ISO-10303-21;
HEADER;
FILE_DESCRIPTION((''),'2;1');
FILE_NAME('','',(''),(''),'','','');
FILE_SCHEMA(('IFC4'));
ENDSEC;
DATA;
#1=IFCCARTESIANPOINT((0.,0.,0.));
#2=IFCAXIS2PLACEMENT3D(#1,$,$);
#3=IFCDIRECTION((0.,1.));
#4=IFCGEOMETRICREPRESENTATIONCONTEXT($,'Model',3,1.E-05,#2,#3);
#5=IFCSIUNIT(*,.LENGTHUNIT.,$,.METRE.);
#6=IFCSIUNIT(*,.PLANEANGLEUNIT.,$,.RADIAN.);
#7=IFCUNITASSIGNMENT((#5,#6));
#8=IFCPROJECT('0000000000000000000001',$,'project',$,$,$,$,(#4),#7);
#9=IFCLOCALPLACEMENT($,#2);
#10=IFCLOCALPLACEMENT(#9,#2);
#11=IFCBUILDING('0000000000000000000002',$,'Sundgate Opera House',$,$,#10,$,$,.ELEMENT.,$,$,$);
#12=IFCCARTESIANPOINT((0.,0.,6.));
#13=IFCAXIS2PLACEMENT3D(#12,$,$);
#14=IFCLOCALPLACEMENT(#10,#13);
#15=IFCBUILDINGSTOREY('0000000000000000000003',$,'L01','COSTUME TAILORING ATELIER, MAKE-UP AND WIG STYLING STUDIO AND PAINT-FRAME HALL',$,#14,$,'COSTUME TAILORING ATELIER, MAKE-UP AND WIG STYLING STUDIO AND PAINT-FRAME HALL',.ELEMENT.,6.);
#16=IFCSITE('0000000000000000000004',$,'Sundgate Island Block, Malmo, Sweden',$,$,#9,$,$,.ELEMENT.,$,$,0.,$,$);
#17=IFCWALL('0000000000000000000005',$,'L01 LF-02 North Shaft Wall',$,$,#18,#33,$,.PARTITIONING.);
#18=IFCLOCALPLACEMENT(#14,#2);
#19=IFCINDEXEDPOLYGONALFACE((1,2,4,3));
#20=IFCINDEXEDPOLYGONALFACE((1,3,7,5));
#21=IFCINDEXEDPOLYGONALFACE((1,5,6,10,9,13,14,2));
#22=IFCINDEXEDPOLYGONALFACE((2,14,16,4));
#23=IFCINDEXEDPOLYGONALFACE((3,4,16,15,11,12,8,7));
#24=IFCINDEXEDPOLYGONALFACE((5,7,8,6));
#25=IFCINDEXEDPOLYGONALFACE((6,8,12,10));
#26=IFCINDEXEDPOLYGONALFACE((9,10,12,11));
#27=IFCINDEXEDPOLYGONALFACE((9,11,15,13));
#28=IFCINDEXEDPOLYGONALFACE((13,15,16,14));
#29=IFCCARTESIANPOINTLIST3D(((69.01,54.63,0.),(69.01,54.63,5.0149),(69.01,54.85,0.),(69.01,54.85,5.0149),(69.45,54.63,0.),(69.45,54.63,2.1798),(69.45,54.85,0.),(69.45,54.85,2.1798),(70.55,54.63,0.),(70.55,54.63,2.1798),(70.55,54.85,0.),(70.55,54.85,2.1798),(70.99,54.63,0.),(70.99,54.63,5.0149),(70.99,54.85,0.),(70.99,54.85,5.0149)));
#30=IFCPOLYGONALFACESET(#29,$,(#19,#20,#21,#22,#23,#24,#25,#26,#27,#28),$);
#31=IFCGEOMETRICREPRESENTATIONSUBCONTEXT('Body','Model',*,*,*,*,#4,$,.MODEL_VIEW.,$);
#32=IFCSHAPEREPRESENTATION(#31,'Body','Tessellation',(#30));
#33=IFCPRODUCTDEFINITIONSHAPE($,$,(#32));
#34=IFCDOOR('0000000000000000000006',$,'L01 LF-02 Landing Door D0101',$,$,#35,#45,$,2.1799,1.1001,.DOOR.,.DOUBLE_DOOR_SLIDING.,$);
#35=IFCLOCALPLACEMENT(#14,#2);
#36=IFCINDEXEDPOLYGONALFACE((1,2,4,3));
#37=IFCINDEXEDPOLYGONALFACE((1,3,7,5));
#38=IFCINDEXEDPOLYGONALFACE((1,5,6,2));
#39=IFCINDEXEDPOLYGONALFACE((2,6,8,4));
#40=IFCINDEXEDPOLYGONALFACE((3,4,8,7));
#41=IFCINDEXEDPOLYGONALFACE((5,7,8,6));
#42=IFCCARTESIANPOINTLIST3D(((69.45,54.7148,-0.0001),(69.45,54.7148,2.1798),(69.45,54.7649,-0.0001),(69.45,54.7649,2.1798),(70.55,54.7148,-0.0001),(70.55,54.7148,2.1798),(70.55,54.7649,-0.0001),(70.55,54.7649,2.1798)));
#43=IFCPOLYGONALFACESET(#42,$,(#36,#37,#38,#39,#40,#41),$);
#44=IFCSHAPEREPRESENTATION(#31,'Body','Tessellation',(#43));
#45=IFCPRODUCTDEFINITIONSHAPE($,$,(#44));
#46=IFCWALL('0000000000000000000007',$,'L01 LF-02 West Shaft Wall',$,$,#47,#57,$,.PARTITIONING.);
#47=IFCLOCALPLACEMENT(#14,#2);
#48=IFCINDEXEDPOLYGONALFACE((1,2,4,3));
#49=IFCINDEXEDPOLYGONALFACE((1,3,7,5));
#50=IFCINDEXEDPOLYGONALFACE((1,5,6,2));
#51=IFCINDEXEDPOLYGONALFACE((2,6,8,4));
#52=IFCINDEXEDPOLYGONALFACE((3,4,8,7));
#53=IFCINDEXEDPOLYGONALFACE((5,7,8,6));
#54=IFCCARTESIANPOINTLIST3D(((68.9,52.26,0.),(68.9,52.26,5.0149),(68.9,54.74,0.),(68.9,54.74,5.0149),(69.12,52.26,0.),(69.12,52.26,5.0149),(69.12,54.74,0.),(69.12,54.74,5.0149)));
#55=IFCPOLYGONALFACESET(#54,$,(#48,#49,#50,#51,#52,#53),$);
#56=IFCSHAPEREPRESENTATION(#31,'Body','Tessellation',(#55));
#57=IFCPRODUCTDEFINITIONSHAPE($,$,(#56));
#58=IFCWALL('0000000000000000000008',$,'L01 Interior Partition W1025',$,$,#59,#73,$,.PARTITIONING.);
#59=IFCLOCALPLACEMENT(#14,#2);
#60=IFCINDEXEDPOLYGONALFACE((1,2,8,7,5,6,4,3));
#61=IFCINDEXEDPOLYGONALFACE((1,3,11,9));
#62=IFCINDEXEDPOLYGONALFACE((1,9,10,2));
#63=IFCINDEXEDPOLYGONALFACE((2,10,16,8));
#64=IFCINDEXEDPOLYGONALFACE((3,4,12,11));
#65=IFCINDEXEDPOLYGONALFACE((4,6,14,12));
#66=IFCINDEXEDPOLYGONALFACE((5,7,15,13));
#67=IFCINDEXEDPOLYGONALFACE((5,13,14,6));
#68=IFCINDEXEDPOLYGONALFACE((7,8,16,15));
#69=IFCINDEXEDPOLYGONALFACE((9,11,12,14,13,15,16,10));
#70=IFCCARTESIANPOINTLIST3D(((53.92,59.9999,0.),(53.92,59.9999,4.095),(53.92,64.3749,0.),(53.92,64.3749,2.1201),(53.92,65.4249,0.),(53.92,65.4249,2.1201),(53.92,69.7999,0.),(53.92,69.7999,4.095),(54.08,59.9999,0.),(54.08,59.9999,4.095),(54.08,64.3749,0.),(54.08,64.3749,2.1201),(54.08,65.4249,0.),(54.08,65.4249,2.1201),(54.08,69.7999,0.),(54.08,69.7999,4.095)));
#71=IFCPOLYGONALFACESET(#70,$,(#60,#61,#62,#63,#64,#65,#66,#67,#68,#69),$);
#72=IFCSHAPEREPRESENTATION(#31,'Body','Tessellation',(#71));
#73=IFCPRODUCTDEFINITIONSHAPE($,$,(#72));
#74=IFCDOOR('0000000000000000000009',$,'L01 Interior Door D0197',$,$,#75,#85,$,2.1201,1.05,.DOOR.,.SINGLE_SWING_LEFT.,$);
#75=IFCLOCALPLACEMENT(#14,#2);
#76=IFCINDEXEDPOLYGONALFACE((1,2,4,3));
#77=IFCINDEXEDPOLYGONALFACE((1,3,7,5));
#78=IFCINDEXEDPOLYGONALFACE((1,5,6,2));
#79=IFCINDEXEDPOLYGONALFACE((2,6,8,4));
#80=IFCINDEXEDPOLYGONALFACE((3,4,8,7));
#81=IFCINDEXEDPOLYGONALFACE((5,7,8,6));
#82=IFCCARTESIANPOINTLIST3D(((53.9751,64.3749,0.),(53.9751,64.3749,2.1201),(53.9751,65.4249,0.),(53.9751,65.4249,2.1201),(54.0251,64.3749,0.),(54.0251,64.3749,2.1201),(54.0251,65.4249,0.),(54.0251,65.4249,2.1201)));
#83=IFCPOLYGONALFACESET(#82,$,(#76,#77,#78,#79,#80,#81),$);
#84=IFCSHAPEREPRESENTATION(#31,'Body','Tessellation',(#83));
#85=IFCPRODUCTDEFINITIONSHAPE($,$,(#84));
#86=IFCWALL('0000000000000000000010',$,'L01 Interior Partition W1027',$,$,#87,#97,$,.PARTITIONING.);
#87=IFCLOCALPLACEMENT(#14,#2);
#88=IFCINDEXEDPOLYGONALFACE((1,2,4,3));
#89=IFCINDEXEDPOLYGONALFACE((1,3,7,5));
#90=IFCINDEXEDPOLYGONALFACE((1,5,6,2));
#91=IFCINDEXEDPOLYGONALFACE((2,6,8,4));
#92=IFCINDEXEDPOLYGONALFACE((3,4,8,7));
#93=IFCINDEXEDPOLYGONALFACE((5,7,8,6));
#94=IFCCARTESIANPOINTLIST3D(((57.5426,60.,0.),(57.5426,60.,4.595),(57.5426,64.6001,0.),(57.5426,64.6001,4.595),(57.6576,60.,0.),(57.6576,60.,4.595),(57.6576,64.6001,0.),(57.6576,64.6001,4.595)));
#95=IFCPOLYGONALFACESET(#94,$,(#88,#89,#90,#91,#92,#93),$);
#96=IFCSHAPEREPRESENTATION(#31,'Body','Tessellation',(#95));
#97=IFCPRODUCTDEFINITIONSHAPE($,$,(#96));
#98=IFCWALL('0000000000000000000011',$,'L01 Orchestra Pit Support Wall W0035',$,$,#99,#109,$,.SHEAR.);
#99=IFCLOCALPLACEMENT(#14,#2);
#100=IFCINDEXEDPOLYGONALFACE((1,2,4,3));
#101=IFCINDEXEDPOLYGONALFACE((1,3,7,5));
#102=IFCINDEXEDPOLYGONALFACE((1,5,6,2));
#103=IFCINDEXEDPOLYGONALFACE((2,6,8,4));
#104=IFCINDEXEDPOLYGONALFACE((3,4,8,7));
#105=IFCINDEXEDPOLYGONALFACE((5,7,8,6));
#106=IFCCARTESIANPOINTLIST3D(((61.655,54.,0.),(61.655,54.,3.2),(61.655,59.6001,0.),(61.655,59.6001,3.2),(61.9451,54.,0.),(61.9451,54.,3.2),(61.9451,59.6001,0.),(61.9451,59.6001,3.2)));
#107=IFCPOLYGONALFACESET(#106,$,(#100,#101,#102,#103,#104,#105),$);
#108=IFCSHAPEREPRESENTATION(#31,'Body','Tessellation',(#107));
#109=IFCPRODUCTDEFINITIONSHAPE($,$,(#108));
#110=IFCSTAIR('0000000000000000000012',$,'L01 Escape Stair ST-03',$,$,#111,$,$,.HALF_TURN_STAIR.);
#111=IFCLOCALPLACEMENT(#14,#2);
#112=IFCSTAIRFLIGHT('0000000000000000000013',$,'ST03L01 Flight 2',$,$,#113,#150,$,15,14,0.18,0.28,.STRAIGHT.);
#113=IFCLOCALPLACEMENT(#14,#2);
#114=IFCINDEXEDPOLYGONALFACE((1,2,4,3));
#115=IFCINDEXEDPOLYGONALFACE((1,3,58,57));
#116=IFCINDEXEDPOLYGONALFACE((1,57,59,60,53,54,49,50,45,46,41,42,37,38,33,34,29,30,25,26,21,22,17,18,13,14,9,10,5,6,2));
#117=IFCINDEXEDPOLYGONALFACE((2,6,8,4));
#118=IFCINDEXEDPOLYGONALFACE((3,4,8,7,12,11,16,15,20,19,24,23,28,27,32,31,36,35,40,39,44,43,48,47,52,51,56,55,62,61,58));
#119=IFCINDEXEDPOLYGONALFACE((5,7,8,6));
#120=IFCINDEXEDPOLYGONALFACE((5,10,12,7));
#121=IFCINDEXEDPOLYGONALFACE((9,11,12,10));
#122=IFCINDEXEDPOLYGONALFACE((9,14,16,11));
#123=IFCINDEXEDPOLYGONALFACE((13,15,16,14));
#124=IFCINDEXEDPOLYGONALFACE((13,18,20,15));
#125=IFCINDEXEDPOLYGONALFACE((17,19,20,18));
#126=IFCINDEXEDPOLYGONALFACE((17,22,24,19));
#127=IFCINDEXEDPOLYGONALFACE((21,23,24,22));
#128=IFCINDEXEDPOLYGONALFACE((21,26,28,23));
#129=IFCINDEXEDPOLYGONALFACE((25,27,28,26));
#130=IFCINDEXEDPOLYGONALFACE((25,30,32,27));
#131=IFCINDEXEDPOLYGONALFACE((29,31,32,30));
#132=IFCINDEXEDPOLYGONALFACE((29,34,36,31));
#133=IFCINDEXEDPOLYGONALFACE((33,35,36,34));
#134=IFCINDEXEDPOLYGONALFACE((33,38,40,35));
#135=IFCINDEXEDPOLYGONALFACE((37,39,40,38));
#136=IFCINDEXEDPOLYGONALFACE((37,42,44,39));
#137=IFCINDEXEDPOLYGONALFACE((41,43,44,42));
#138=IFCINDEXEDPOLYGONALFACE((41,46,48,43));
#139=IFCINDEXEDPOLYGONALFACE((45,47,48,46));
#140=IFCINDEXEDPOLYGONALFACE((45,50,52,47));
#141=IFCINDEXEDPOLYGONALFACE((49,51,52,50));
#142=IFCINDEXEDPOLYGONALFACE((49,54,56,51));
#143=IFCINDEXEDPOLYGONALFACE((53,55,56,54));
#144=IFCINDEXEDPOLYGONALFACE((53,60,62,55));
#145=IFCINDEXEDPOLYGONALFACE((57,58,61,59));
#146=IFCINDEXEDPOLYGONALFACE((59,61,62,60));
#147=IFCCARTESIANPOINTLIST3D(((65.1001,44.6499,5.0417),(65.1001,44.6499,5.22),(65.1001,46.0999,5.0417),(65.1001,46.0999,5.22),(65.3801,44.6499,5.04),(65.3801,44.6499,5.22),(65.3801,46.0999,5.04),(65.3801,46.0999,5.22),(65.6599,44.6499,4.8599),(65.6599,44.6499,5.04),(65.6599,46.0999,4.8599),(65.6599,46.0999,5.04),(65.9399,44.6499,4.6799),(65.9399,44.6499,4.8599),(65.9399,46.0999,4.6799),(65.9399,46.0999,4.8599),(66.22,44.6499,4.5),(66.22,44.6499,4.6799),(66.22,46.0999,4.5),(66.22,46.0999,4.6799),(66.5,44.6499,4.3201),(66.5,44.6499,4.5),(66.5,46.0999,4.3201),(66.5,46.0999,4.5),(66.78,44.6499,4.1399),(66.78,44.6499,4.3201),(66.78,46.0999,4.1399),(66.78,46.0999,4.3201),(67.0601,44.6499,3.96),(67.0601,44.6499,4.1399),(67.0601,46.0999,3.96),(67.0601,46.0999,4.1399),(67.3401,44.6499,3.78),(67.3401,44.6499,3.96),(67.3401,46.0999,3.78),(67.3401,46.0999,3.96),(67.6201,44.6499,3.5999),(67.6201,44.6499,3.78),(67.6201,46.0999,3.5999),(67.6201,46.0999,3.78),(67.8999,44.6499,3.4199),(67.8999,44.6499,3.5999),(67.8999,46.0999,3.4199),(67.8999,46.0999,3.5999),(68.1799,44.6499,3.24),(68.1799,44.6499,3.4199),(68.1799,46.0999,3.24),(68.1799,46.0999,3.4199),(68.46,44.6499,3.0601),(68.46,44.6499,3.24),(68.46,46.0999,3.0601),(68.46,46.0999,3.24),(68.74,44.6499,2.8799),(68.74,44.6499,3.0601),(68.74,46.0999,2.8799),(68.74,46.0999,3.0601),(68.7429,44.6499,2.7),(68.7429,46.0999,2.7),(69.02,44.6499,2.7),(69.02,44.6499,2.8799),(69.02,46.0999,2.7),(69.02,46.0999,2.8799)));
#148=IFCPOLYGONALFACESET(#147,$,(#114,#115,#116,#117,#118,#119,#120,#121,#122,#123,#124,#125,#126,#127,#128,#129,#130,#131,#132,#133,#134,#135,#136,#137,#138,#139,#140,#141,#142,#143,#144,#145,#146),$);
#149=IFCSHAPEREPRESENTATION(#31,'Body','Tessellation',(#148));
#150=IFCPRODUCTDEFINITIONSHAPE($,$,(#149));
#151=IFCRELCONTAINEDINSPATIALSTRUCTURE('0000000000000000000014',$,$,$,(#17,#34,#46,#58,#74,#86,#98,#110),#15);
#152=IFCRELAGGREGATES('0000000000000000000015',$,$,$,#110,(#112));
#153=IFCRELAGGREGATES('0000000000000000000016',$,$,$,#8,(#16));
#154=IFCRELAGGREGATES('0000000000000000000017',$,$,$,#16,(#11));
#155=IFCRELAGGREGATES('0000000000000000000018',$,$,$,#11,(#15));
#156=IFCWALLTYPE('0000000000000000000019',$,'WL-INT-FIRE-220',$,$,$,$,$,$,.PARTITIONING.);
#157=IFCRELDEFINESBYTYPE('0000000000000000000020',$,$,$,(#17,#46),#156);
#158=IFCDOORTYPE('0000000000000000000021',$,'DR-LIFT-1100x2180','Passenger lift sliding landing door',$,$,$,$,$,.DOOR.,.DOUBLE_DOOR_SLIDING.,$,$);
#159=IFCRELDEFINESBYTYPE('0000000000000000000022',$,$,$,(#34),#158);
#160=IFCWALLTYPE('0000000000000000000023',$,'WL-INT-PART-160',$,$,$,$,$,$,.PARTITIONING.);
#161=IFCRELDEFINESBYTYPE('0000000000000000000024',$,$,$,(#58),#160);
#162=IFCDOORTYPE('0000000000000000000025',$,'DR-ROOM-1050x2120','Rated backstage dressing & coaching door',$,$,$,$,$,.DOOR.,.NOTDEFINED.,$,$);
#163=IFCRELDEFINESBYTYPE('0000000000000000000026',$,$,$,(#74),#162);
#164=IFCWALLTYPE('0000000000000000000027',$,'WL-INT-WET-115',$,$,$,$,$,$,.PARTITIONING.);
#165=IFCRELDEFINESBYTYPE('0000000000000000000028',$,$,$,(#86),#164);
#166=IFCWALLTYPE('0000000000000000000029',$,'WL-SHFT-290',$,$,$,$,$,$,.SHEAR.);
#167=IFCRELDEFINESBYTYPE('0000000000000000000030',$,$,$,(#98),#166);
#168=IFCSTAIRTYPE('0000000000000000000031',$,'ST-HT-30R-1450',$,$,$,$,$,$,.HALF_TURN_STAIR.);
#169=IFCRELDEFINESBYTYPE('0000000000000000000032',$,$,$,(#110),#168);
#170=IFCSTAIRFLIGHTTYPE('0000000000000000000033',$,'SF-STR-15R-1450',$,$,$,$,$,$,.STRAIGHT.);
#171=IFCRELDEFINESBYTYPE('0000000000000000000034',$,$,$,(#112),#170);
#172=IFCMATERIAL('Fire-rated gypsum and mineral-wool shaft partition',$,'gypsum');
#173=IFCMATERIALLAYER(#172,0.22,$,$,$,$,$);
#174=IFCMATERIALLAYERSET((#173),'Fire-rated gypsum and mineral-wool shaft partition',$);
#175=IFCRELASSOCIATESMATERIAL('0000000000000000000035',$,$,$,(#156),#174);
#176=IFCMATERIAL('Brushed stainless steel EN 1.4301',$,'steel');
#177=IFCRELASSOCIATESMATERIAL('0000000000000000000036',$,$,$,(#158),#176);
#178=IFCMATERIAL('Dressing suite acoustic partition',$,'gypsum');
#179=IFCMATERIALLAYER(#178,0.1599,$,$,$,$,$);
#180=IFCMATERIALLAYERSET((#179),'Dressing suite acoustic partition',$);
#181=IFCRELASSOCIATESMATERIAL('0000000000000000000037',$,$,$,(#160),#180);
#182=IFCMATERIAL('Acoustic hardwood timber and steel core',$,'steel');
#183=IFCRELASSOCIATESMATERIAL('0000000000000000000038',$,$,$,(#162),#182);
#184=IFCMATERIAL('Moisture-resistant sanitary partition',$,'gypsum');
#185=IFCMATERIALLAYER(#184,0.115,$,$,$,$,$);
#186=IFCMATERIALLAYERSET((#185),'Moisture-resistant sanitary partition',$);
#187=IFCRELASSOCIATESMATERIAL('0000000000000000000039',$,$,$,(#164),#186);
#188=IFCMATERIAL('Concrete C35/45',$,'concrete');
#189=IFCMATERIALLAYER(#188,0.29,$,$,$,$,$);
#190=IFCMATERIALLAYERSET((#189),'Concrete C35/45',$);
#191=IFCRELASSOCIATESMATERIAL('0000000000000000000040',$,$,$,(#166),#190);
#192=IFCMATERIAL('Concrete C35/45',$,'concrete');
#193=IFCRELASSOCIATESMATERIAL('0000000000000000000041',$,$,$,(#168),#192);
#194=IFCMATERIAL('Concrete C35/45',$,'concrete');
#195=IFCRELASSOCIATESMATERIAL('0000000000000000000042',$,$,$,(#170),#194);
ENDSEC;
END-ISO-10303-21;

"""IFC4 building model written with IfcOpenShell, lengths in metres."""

from ifc_helpers import new_model, si_unit, direction, frame, frame_2d, origin, place, context, subcontext, project, spatial, polyline, rectangle, outline, extrude, material, layer, layer_set, type_object, element, fill, aggregate, save


model = new_model("IFC4")

# Units and contexts
model_context = context("Model", 3, precision=1e-05, world=origin(), true_north=direction((0.0, 1.0)))
body_context = subcontext(model_context, "Body", "Model", "MODEL_VIEW")
ifc_project = project(units=[si_unit("LENGTHUNIT", "METRE"), si_unit("PLANEANGLEUNIT", "RADIAN")], contexts=[model_context])

# Site, building, storey
site_placement = place(None, origin())
site = spatial("IfcSite", under=ifc_project, at=site_placement, Name="Sundgate Island Block, Malmo, Sweden", CompositionType="ELEMENT", RefElevation=0.0)
building_placement = place(site_placement, origin())
building = spatial("IfcBuilding", under=site, at=building_placement, Name="Sundgate Opera House", CompositionType="ELEMENT")
storey_placement = place(building_placement, frame((0.0, 0.0, 6.0)))
storey = spatial("IfcBuildingStorey", under=building, at=storey_placement, Name="L01", Description="COSTUME TAILORING ATELIER, MAKE-UP AND WIG STYLING STUDIO AND PAINT-FRAME HALL", LongName="COSTUME TAILORING ATELIER, MAKE-UP AND WIG STYLING STUDIO AND PAINT-FRAME HALL", CompositionType="ELEMENT", Elevation=6.0)

# Shared definitions
ifc_material_1 = material(Name="Fire-rated gypsum and mineral-wool shaft partition", Category="gypsum")
ifc_layer_1 = layer(ifc_material_1, 0.22)
ifc_layer_set_1 = layer_set([ifc_layer_1], Name="Fire-rated gypsum and mineral-wool shaft partition")
wall_type_1 = type_object("IfcWallType", Name="WL-INT-FIRE-220", PredefinedType="PARTITIONING", material=ifc_layer_set_1)

# Shared definitions
ifc_material_2 = material(Name="Brushed stainless steel EN 1.4301", Category="steel")
door_type_1 = type_object("IfcDoorType", Name="DR-LIFT-1100x2180", Description="Passenger lift sliding landing door", OperationType="DOUBLE_DOOR_SLIDING", PredefinedType="DOOR", material=ifc_material_2)

# Wall, opening, door
wall_1_placement = place(storey_placement, frame((69.01, 54.74, 0.0), z_axis=(0.0, 0.0, 1.0), x_axis=(1.0, 0.0, 0.0)))
wall_1 = element("IfcWall", 1, at=wall_1_placement, inside=storey, type_object=wall_type_1, Name="L01 LF-02 North Shaft Wall", PredefinedType="PARTITIONING", context=body_context, shape_type="SweptSolid", body=[
    extrude(rectangle(XDim=1.98, YDim=0.22, at=frame_2d((0.99, 0.0))), origin(), (0.0, 0.0, 1.0), 5.0149),
])
opening_1_placement = place(wall_1_placement, frame((0.4399, 0.0, 0.0)))
opening_1 = element("IfcOpeningElement", 2, at=opening_1_placement, cuts=wall_1, PredefinedType="OPENING", context=body_context, shape_type="SweptSolid", body=[
    extrude(rectangle(XDim=1.1001, YDim=2.1799, at=frame_2d((0.55, 1.0898))), frame((0.0, 0.1199, 0.0), z_axis=(0.0, -1.0, 0.0), x_axis=(1.0, 0.0, 0.0)), (0.0, 0.0, 1.0), 0.24),
])
door_1_placement = place(opening_1_placement, origin())
door_1 = element("IfcDoor", 3, at=door_1_placement, inside=storey, type_object=door_type_1, Name="L01 LF-02 Landing Door D0101", OperationType="DOUBLE_DOOR_SLIDING", OverallHeight=2.1799, OverallWidth=1.1001, PredefinedType="DOOR", context=body_context, shape_type="SweptSolid", body=[
    extrude(rectangle(XDim=1.1001, YDim=2.1799, at=frame_2d((0.55, 1.0898))), frame((0.0, 0.0249, 0.0), z_axis=(0.0, -1.0, 0.0), x_axis=(1.0, 0.0, 0.0)), (0.0, 0.0, 1.0), 0.05),
])
fill(opening_1, door_1)

# Wall
wall_2_placement = place(storey_placement, frame((69.01, 52.26, 0.0), z_axis=(0.0, 0.0, 1.0), x_axis=(0.0, 1.0, 0.0)))
element("IfcWall", 4, at=wall_2_placement, inside=storey, type_object=wall_type_1, Name="L01 LF-02 West Shaft Wall", PredefinedType="PARTITIONING", context=body_context, shape_type="SweptSolid", body=[
    extrude(rectangle(XDim=2.48, YDim=0.22, at=frame_2d((1.24, 0.0))), origin(), (0.0, 0.0, 1.0), 5.0149),
])

# Wall, opening, door
ifc_material_3 = material(Name="Dressing suite acoustic partition", Category="gypsum")
ifc_layer_2 = layer(ifc_material_3, 0.1599)
ifc_layer_set_2 = layer_set([ifc_layer_2], Name="Dressing suite acoustic partition")
wall_type_2 = type_object("IfcWallType", Name="WL-INT-PART-160", PredefinedType="PARTITIONING", material=ifc_layer_set_2)
wall_3_placement = place(storey_placement, frame((54.0, 60.0, 0.0), z_axis=(0.0, 0.0, 1.0), x_axis=(0.0, 1.0, 0.0)))
wall_3 = element("IfcWall", 5, at=wall_3_placement, inside=storey, type_object=wall_type_2, Name="L01 Interior Partition W1025", PredefinedType="PARTITIONING", context=body_context, shape_type="SweptSolid", body=[
    extrude(rectangle(XDim=9.8, YDim=0.1599, at=frame_2d((4.8999, 0.0))), origin(), (0.0, 0.0, 1.0), 4.095),
])
opening_2_placement = place(wall_3_placement, frame((4.375, 0.0, 0.0)))
opening_2 = element("IfcOpeningElement", 6, at=opening_2_placement, cuts=wall_3, PredefinedType="OPENING", context=body_context, shape_type="SweptSolid", body=[
    extrude(rectangle(XDim=1.05, YDim=2.1201, at=frame_2d((0.5249, 1.0601))), frame((0.0, 0.0898, 0.0), z_axis=(0.0, -1.0, 0.0), x_axis=(1.0, 0.0, 0.0)), (0.0, 0.0, 1.0), 0.1799),
])
ifc_material_4 = material(Name="Acoustic hardwood timber and steel core", Category="steel")
door_type_2 = type_object("IfcDoorType", Name="DR-ROOM-1050x2120", Description="Rated backstage dressing & coaching door", OperationType="NOTDEFINED", PredefinedType="DOOR", material=ifc_material_4)
door_2_placement = place(opening_2_placement, origin())
door_2 = element("IfcDoor", 7, at=door_2_placement, inside=storey, type_object=door_type_2, Name="L01 Interior Door D0197", OperationType="SINGLE_SWING_LEFT", OverallHeight=2.1201, OverallWidth=1.05, PredefinedType="DOOR", context=body_context, shape_type="SweptSolid", body=[
    extrude(rectangle(XDim=1.05, YDim=2.1201, at=frame_2d((0.5249, 1.0601))), frame((0.0, 0.0249, 0.0), z_axis=(0.0, -1.0, 0.0), x_axis=(1.0, 0.0, 0.0)), (0.0, 0.0, 1.0), 0.05),
])
fill(opening_2, door_2)

# Walls
ifc_material_5 = material(Name="Moisture-resistant sanitary partition", Category="gypsum")
ifc_layer_3 = layer(ifc_material_5, 0.115)
ifc_layer_set_3 = layer_set([ifc_layer_3], Name="Moisture-resistant sanitary partition")
wall_type_3 = type_object("IfcWallType", Name="WL-INT-WET-115", PredefinedType="PARTITIONING", material=ifc_layer_set_3)
wall_4_placement = place(storey_placement, frame((57.6001, 60.0, 0.0), z_axis=(0.0, 0.0, 1.0), x_axis=(0.0, 1.0, 0.0)))
element("IfcWall", 8, at=wall_4_placement, inside=storey, type_object=wall_type_3, Name="L01 Interior Partition W1027", PredefinedType="PARTITIONING", context=body_context, shape_type="SweptSolid", body=[
    extrude(rectangle(XDim=4.6001, YDim=0.115, at=frame_2d((2.3, 0.0))), origin(), (0.0, 0.0, 1.0), 4.595),
])
ifc_material_6 = material(Name="Concrete C35/45", Category="concrete")
ifc_layer_4 = layer(ifc_material_6, 0.29)
ifc_layer_set_4 = layer_set([ifc_layer_4], Name="Concrete C35/45")
wall_type_4 = type_object("IfcWallType", Name="WL-SHFT-290", PredefinedType="SHEAR", material=ifc_layer_set_4)
wall_5_placement = place(storey_placement, frame((61.8, 54.0, 0.0), z_axis=(0.0, 0.0, 1.0), x_axis=(0.0, 1.0, 0.0)))
element("IfcWall", 9, at=wall_5_placement, inside=storey, type_object=wall_type_4, Name="L01 Orchestra Pit Support Wall W0035", PredefinedType="SHEAR", context=body_context, shape_type="SweptSolid", body=[
    extrude(rectangle(XDim=5.6001, YDim=0.29, at=frame_2d((2.8, 0.0))), origin(), (0.0, 0.0, 1.0), 3.2),
])

# Stair, stair flight
ifc_material_7 = material(Name="Concrete C35/45", Category="concrete")
stair_type = type_object("IfcStairType", Name="ST-HT-30R-1450", PredefinedType="HALF_TURN_STAIR", material=ifc_material_7)
stair_placement = place(storey_placement, origin())
stair = element("IfcStair", 10, at=stair_placement, inside=storey, type_object=stair_type, Name="L01 Escape Stair ST-03", PredefinedType="HALF_TURN_STAIR")
ifc_material_8 = material(Name="Concrete C35/45", Category="concrete")
stair_flight_type = type_object("IfcStairFlightType", Name="SF-STR-15R-1450", PredefinedType="STRAIGHT", material=ifc_material_8)
stair_flight_placement = place(storey_placement, frame((69.02, 45.375, 2.7), z_axis=(0.0, 0.0, 1.0), x_axis=(-1.0, 0.0, 0.0)))
stair_flight = element("IfcStairFlight", 11, at=stair_flight_placement, type_object=stair_flight_type, Name="ST03L01 Flight 2", NumberOfRisers=15, NumberOfTreads=14, PredefinedType="STRAIGHT", RiserHeight=0.18, TreadLength=0.28, context=body_context, shape_type="SweptSolid", body=[
    extrude(outline(polyline([(0.0, 0.0), (0.0, 0.1799), (0.28, 0.1799), (0.28, 0.3601), (0.5601, 0.3601), (0.5601, 0.54), (0.8401, 0.54), (0.8401, 0.72), (1.1201, 0.72), (1.1201, 0.8999), (1.3999, 0.8999), (1.3999, 1.0801), (1.6799, 1.0801), (1.6799, 1.26), (1.96, 1.26), (1.96, 1.4399), (2.24, 1.4399), (2.24, 1.6201), (2.52, 1.6201), (2.52, 1.8), (2.8, 1.8), (2.8, 1.98), (3.0801, 1.98), (3.0801, 2.1599), (3.3601, 2.1599), (3.3601, 2.3401), (3.6399, 2.3401), (3.6399, 2.52), (3.9199, 2.52), (3.9199, 2.7), (3.9199, 2.3418), (0.2771, 0.0), (0.0, 0.0)])), frame((0.0, 0.7251, 0.0), z_axis=(0.0, -1.0, 0.0), x_axis=(1.0, 0.0, 0.0)), (0.0, 0.0, 1.0), 1.45),
])
aggregate(stair, [stair_flight])

save(model, "model.ifc")
